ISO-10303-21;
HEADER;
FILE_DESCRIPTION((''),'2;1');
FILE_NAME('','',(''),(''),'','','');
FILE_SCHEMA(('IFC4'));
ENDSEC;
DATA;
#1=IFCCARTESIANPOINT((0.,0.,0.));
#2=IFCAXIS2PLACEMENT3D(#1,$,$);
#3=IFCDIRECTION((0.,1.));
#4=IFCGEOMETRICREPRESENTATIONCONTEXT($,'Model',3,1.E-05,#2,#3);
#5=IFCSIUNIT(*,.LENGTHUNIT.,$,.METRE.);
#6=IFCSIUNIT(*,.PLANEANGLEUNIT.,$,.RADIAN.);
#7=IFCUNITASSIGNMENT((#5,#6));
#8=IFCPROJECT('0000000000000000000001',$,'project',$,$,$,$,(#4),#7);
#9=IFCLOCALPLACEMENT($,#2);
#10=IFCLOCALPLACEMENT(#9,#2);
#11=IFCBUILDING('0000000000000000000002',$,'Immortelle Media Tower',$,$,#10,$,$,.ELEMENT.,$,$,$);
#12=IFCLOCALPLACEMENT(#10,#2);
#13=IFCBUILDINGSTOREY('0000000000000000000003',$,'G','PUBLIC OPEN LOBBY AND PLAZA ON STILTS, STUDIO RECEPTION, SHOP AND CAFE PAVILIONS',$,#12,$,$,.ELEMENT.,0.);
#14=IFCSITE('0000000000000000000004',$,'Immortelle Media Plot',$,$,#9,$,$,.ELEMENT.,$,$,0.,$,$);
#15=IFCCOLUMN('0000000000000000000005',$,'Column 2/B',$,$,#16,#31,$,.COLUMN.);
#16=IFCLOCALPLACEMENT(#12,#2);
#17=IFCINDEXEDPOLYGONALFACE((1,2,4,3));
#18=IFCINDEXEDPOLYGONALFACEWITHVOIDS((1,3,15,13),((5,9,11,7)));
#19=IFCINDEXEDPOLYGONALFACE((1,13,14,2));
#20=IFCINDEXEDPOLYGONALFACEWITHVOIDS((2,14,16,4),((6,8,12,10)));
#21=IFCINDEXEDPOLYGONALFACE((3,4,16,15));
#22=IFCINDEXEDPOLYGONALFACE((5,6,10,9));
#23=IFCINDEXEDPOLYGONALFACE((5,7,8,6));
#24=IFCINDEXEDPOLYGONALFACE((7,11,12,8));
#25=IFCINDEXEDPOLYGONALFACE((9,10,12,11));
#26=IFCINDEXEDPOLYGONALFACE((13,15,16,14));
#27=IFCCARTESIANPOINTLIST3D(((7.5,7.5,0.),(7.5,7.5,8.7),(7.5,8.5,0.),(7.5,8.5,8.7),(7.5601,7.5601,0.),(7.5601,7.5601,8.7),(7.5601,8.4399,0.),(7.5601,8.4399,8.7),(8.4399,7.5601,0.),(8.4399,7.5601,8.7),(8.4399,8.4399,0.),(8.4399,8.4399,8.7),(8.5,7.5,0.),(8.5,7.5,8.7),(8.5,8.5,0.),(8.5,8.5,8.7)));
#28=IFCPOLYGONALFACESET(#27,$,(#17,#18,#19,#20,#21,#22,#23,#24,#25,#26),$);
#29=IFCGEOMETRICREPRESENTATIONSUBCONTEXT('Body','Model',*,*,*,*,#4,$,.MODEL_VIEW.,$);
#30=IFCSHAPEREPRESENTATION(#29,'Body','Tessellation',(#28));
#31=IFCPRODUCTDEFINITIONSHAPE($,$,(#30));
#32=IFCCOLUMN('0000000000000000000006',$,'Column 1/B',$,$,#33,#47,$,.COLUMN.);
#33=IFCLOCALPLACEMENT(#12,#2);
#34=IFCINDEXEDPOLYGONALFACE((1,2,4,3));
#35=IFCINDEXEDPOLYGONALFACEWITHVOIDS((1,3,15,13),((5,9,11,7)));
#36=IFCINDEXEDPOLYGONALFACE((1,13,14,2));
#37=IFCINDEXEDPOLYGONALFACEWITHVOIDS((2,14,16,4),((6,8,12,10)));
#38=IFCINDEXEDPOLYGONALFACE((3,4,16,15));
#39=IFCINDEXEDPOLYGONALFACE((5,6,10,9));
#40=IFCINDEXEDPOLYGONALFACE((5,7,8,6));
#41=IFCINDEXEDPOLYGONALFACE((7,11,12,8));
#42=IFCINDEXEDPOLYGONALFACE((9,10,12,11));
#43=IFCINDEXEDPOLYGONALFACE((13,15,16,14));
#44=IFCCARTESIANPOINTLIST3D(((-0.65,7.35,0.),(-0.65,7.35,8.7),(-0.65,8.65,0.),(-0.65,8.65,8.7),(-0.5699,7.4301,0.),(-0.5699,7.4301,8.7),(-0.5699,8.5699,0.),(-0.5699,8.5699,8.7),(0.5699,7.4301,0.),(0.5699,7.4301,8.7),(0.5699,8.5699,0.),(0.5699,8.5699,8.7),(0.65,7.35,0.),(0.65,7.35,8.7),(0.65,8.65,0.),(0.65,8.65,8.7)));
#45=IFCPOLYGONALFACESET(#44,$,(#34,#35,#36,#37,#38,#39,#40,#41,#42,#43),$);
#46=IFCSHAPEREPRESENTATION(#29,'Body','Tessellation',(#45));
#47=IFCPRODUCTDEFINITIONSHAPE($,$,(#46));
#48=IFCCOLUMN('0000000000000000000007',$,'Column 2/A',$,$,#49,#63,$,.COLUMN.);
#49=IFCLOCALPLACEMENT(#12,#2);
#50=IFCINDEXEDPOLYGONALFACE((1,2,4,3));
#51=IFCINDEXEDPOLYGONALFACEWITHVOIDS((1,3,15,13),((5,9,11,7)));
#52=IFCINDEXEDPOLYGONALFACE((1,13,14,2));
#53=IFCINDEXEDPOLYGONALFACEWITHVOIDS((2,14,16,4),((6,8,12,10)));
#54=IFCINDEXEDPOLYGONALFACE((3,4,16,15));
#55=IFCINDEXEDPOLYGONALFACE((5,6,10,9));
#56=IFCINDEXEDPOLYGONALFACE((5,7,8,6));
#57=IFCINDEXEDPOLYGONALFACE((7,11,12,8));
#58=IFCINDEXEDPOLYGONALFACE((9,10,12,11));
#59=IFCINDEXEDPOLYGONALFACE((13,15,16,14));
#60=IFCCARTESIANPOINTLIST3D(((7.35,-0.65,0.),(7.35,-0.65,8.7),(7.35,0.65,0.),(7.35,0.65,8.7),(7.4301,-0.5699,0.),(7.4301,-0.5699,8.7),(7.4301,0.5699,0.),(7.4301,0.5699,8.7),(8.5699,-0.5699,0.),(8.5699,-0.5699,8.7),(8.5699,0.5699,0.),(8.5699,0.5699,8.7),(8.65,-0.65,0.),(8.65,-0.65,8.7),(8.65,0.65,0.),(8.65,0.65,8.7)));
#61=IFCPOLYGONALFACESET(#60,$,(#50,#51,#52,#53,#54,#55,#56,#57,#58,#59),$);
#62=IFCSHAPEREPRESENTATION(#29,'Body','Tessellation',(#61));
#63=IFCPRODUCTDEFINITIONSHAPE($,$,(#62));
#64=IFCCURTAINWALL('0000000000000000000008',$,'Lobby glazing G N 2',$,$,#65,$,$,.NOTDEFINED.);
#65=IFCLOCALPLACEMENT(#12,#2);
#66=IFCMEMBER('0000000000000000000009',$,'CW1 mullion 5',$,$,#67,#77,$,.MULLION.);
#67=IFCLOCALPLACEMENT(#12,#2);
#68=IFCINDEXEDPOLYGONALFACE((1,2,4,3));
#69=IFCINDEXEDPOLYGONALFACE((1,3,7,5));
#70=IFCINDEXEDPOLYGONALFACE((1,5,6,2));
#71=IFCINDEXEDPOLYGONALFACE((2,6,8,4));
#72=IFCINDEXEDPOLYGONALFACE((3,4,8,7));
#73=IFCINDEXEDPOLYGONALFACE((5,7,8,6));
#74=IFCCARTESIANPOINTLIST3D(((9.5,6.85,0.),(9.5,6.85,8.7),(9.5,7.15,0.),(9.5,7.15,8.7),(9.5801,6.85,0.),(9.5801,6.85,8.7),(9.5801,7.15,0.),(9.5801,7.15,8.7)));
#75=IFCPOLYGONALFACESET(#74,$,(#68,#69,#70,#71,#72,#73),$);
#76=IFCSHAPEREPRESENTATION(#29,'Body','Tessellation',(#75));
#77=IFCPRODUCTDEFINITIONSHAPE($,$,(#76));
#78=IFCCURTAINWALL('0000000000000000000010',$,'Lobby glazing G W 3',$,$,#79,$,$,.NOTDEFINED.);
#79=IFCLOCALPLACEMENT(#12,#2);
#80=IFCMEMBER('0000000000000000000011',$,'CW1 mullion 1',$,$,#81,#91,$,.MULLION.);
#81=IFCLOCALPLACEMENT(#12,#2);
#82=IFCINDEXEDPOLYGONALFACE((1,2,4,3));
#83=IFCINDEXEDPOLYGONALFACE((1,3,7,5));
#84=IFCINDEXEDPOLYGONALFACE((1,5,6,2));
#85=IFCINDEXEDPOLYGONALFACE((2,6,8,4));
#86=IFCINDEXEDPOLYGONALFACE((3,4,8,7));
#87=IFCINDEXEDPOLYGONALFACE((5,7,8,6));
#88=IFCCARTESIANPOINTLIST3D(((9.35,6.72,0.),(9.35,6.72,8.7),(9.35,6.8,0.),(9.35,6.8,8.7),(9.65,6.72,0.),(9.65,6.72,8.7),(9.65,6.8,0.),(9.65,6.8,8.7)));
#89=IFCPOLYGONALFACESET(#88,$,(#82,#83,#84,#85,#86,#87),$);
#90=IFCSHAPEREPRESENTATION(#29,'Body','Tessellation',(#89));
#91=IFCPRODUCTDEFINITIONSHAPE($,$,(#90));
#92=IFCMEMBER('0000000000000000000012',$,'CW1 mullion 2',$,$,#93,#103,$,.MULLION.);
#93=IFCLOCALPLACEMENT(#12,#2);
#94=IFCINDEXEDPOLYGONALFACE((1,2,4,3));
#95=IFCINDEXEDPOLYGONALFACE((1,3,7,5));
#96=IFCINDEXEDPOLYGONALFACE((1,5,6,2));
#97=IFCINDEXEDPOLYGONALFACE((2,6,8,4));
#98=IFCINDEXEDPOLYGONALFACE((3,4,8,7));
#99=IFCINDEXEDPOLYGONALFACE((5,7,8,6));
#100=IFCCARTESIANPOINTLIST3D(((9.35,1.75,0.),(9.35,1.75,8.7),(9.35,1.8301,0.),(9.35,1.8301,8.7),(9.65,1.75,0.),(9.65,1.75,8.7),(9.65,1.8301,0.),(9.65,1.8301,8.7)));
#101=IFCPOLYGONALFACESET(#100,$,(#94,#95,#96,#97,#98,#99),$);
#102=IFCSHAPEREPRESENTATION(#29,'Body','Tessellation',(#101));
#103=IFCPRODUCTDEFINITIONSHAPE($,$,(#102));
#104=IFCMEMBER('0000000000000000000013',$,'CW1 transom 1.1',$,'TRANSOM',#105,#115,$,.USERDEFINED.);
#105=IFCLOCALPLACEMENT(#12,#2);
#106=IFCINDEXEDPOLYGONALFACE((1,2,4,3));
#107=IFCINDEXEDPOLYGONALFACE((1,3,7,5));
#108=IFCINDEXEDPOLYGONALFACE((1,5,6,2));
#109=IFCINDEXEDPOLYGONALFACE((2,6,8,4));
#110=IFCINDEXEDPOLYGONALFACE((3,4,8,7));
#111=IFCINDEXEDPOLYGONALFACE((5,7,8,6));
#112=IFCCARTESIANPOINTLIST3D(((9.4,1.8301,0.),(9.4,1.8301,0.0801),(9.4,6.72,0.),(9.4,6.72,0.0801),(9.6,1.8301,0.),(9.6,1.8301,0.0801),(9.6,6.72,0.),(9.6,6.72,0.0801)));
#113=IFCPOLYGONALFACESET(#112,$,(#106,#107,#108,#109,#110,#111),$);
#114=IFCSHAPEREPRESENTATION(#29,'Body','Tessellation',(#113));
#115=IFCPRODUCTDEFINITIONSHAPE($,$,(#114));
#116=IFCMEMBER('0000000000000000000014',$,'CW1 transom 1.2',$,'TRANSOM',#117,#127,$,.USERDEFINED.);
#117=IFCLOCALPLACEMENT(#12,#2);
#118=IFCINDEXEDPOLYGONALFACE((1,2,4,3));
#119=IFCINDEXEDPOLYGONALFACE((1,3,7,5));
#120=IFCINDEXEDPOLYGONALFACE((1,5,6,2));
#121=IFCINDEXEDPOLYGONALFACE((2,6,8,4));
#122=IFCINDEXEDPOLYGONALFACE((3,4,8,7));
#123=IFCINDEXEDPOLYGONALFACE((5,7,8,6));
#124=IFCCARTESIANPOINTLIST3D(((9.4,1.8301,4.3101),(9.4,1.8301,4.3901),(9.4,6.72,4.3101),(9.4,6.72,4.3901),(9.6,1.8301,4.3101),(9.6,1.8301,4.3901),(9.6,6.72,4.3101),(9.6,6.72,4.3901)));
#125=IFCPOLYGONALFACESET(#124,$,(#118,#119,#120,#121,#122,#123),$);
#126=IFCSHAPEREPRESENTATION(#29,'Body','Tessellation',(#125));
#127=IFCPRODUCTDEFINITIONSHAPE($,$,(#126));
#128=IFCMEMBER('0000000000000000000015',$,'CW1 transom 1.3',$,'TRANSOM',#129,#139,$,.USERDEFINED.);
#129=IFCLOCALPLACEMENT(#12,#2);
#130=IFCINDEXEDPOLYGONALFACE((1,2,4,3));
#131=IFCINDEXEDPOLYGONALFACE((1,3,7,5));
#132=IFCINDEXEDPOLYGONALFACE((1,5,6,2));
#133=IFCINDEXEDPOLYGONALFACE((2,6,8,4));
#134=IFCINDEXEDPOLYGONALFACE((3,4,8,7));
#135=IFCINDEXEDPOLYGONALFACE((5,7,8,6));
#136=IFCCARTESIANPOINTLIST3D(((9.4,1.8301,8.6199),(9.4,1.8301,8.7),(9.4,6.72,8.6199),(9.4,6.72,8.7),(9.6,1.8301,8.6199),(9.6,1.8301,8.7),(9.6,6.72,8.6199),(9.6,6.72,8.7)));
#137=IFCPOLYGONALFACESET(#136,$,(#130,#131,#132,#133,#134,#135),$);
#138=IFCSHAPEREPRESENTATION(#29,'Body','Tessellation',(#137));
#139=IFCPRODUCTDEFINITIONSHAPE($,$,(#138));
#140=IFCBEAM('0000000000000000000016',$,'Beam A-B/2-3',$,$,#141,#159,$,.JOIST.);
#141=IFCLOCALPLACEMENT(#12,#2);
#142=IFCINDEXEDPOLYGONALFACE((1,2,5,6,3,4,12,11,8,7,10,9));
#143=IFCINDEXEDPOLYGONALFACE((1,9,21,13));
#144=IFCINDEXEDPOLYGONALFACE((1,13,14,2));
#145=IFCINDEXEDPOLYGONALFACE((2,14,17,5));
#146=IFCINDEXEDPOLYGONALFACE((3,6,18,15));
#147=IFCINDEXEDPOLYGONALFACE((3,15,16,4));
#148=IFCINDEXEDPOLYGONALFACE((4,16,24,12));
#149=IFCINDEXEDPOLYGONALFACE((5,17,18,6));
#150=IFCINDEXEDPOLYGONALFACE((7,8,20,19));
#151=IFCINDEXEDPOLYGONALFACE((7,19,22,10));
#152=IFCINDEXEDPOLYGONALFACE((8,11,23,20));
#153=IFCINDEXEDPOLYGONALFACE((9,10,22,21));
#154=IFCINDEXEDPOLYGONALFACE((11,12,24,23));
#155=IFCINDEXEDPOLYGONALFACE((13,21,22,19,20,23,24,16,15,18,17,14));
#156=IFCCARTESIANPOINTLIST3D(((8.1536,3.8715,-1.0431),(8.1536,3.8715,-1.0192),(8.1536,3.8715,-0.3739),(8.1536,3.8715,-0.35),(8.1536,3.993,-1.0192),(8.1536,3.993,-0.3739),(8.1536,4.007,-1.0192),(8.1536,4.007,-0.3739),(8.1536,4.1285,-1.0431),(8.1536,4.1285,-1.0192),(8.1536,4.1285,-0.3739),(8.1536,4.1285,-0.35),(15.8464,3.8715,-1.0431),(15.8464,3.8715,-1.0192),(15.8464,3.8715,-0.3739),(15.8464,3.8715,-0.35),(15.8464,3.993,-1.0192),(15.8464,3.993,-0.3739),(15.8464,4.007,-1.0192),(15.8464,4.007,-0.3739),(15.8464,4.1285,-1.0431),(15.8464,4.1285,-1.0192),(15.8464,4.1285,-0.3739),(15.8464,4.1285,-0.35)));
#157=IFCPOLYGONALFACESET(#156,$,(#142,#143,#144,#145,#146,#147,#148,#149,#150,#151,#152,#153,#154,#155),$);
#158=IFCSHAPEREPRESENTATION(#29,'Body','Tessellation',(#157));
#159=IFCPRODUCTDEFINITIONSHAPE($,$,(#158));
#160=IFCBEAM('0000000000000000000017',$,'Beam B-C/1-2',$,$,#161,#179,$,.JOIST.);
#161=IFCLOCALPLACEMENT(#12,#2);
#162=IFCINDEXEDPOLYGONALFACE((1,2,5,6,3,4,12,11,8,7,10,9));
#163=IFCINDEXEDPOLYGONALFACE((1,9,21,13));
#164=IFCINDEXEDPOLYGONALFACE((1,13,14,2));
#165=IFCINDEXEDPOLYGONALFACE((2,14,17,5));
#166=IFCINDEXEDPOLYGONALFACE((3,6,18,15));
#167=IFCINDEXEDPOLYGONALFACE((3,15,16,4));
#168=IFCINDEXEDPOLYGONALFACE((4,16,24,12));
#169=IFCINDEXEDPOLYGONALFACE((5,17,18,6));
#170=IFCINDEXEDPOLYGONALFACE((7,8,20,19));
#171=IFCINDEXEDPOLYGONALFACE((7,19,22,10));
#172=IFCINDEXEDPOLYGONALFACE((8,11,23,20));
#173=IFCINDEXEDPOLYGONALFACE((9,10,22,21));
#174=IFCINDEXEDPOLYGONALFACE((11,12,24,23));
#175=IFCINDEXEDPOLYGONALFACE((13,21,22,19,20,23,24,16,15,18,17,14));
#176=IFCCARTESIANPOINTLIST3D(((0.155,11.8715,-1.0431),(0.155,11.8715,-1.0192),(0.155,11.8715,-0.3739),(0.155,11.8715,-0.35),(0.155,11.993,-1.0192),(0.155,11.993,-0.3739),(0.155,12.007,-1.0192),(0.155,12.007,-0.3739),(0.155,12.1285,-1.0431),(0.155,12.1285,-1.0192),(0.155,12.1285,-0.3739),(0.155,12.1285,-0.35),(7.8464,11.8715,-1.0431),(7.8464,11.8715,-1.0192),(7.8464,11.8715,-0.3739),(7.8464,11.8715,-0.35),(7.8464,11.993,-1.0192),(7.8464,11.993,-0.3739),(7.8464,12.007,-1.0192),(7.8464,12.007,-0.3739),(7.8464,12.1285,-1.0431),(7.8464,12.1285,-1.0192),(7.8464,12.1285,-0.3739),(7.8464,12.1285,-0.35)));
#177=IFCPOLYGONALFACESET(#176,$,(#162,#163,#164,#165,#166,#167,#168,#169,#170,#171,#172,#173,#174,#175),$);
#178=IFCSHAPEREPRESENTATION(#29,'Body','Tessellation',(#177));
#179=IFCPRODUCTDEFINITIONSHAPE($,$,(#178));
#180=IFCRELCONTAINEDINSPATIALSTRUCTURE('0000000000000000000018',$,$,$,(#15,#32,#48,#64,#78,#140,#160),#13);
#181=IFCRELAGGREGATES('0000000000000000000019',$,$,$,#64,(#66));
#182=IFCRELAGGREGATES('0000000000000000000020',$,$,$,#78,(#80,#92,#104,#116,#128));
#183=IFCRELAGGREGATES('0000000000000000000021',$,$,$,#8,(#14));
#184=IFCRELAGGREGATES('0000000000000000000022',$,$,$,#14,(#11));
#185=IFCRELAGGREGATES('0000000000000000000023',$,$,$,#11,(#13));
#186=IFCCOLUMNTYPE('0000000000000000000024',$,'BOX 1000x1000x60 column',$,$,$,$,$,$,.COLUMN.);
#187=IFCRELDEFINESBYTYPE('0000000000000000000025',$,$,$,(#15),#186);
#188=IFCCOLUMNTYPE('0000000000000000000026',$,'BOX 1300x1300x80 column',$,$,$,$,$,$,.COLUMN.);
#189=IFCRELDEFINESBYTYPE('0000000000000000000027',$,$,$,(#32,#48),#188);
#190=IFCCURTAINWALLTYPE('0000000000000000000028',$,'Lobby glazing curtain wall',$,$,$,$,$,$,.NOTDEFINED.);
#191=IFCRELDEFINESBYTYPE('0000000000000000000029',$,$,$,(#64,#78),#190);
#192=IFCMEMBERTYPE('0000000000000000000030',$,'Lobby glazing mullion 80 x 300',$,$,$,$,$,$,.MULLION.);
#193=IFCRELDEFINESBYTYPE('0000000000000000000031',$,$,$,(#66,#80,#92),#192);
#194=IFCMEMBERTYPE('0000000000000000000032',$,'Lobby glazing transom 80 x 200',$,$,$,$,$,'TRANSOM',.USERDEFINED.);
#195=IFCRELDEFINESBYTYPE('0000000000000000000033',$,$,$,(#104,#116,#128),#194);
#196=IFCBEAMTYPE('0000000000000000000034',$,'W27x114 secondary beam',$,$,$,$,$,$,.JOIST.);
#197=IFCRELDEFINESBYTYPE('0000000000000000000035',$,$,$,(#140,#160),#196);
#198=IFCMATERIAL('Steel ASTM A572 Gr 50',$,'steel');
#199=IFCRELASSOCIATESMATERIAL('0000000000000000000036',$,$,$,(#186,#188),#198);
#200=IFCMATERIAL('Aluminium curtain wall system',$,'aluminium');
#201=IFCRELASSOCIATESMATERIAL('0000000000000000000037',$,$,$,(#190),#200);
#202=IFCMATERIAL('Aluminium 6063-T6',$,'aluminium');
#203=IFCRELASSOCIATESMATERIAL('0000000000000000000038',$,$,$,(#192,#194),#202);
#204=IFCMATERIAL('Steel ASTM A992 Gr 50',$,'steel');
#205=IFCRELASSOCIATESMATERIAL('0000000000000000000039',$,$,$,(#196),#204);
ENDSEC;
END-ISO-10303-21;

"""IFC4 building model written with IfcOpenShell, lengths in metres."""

from ifc_helpers import new_model, si_unit, direction, frame, origin, origin_2d, place, context, subcontext, project, spatial, rectangle, hollow_rectangle, i_section, extrude, material, material_profile, profile_set, type_object, element, aggregate, save


model = new_model("IFC4")

# Units and contexts
model_context = context("Model", 3, precision=1e-05, world=origin(), true_north=direction((0.0, 1.0)))
body_context = subcontext(model_context, "Body", "Model", "MODEL_VIEW")
ifc_project = project(units=[si_unit("LENGTHUNIT", "METRE"), si_unit("PLANEANGLEUNIT", "RADIAN")], contexts=[model_context])

# Site, building, storey
site_placement = place(None, origin())
site = spatial("IfcSite", under=ifc_project, at=site_placement, Name="Immortelle Media Plot", CompositionType="ELEMENT", RefElevation=0.0)
building_placement = place(site_placement, origin())
building = spatial("IfcBuilding", under=site, at=building_placement, Name="Immortelle Media Tower", CompositionType="ELEMENT")
storey_placement = place(building_placement, origin())
storey = spatial("IfcBuildingStorey", under=building, at=storey_placement, Name="G", Description="PUBLIC OPEN LOBBY AND PLAZA ON STILTS, STUDIO RECEPTION, SHOP AND CAFE PAVILIONS", CompositionType="ELEMENT", Elevation=0.0)

# Columns
ifc_material_1 = material(Name="Steel ASTM A572 Gr 50", Category="steel")
ifc_material_profile_1 = material_profile(ifc_material_1, hollow_rectangle(XDim=1.0, YDim=1.0, WallThickness=0.0601, at=origin_2d()), Name="BOX 1000x1000x60 column")
ifc_profile_set_1 = profile_set([ifc_material_profile_1], Name="Steel ASTM A572 Gr 50")
column_type_1 = type_object("IfcColumnType", Name="BOX 1000x1000x60 column", PredefinedType="COLUMN", material=ifc_profile_set_1)
column_placement = place(storey_placement, frame((8.0, 8.0, 0.0), z_axis=(0.0, 0.0, 1.0), x_axis=(1.0, 0.0, 0.0)))
element("IfcColumn", 1, at=column_placement, inside=storey, type_object=column_type_1, Name="Column 2/B", PredefinedType="COLUMN", context=body_context, shape_type="SweptSolid", body=[
    extrude(hollow_rectangle(XDim=1.0, YDim=1.0, WallThickness=0.0601, at=origin_2d()), origin(), (0.0, 0.0, 1.0), 8.7),
])
ifc_material_profile_2 = material_profile(ifc_material_1, hollow_rectangle(XDim=1.3, YDim=1.3, WallThickness=0.0801, at=origin_2d()), Name="BOX 1300x1300x80 column")
ifc_profile_set_2 = profile_set([ifc_material_profile_2], Name="Steel ASTM A572 Gr 50")
column_type_2 = type_object("IfcColumnType", Name="BOX 1300x1300x80 column", PredefinedType="COLUMN", material=ifc_profile_set_2)
for number, where, z_axis, x_axis, name in (
    (2, (0.0, 8.0, 0.0), (0.0, 0.0, 1.0), (1.0, 0.0, 0.0), "Column 1/B"),
    (3, (8.0, 0.0, 0.0), (0.0, 0.0, 1.0), (1.0, 0.0, 0.0), "Column 2/A"),
):
    element("IfcColumn", number, at=place(storey_placement, frame(where, z_axis=z_axis, x_axis=x_axis)), inside=storey, type_object=column_type_2, Name=name, PredefinedType="COLUMN", context=body_context, shape_type="SweptSolid", body=[
        extrude(hollow_rectangle(XDim=1.3, YDim=1.3, WallThickness=0.0801, at=origin_2d()), origin(), (0.0, 0.0, 1.0), 8.7),
    ])

# Curtain wall, member
ifc_material_2 = material(Name="Aluminium curtain wall system", Category="aluminium")
curtain_wall_type = type_object("IfcCurtainWallType", Name="Lobby glazing curtain wall", PredefinedType="NOTDEFINED", material=ifc_material_2)
curtain_wall_1_placement = place(storey_placement, origin())
curtain_wall_1 = element("IfcCurtainWall", 4, at=curtain_wall_1_placement, inside=storey, type_object=curtain_wall_type, Name="Lobby glazing G N 2", PredefinedType="NOTDEFINED")
ifc_material_3 = material(Name="Aluminium 6063-T6", Category="aluminium")
ifc_material_profile_3 = material_profile(ifc_material_3, rectangle(XDim=0.3, YDim=0.0801, at=origin_2d()), Name="AL 80x300")
ifc_profile_set_3 = profile_set([ifc_material_profile_3], Name="Aluminium 6063-T6")
member_type_1 = type_object("IfcMemberType", Name="Lobby glazing mullion 80 x 300", PredefinedType="MULLION", material=ifc_profile_set_3)
member_1_placement = place(storey_placement, frame((9.54, 7.0, 0.0), z_axis=(0.0, 0.0, 1.0), x_axis=(0.0, -1.0, 0.0)))
member_1 = element("IfcMember", 5, at=member_1_placement, type_object=member_type_1, Name="CW1 mullion 5", PredefinedType="MULLION", context=body_context, shape_type="SweptSolid", body=[
    extrude(rectangle(XDim=0.3, YDim=0.0801, at=origin_2d()), origin(), (0.0, 0.0, 1.0), 8.7),
])
aggregate(curtain_wall_1, [member_1])

# Curtain wall, members
curtain_wall_2_placement = place(storey_placement, origin())
curtain_wall_2 = element("IfcCurtainWall", 6, at=curtain_wall_2_placement, inside=storey, type_object=curtain_wall_type, Name="Lobby glazing G W 3", PredefinedType="NOTDEFINED")
member_2_placement = place(storey_placement, frame((9.5, 6.76, 0.0), z_axis=(0.0, 0.0, 1.0), x_axis=(1.0, 0.0, 0.0)))
member_2 = element("IfcMember", 7, at=member_2_placement, type_object=member_type_1, Name="CW1 mullion 1", PredefinedType="MULLION", context=body_context, shape_type="SweptSolid", body=[
    extrude(rectangle(XDim=0.3, YDim=0.0801, at=origin_2d()), origin(), (0.0, 0.0, 1.0), 8.7),
])
member_3_placement = place(storey_placement, frame((9.5, 1.79, 0.0), z_axis=(0.0, 0.0, 1.0), x_axis=(1.0, 0.0, 0.0)))
member_3 = element("IfcMember", 8, at=member_3_placement, type_object=member_type_1, Name="CW1 mullion 2", PredefinedType="MULLION", context=body_context, shape_type="SweptSolid", body=[
    extrude(rectangle(XDim=0.3, YDim=0.0801, at=origin_2d()), origin(), (0.0, 0.0, 1.0), 8.7),
])
ifc_material_profile_4 = material_profile(ifc_material_3, rectangle(XDim=0.2, YDim=0.0801, at=origin_2d()), Name="AL 80x200")
ifc_profile_set_4 = profile_set([ifc_material_profile_4], Name="Aluminium 6063-T6")
member_type_2 = type_object("IfcMemberType", Name="Lobby glazing transom 80 x 200", ElementType="TRANSOM", PredefinedType="USERDEFINED", material=ifc_profile_set_4)
member_4_placement = place(storey_placement, frame((9.5, 6.72, 0.04), z_axis=(0.0, -1.0, 0.0), x_axis=(1.0, 0.0, 0.0)))
member_4 = element("IfcMember", 9, at=member_4_placement, type_object=member_type_2, Name="CW1 transom 1.1", ObjectType="TRANSOM", PredefinedType="USERDEFINED", context=body_context, shape_type="SweptSolid", body=[
    extrude(rectangle(XDim=0.2, YDim=0.0801, at=origin_2d()), origin(), (0.0, 0.0, 1.0), 4.8899),
])
member_5_placement = place(storey_placement, frame((9.5, 6.72, 4.3501), z_axis=(0.0, -1.0, 0.0), x_axis=(1.0, 0.0, 0.0)))
member_5 = element("IfcMember", 10, at=member_5_placement, type_object=member_type_2, Name="CW1 transom 1.2", ObjectType="TRANSOM", PredefinedType="USERDEFINED", context=body_context, shape_type="SweptSolid", body=[
    extrude(rectangle(XDim=0.2, YDim=0.0801, at=origin_2d()), origin(), (0.0, 0.0, 1.0), 4.8899),
])
member_6_placement = place(storey_placement, frame((9.5, 6.72, 8.6599), z_axis=(0.0, -1.0, 0.0), x_axis=(1.0, 0.0, 0.0)))
member_6 = element("IfcMember", 11, at=member_6_placement, type_object=member_type_2, Name="CW1 transom 1.3", ObjectType="TRANSOM", PredefinedType="USERDEFINED", context=body_context, shape_type="SweptSolid", body=[
    extrude(rectangle(XDim=0.2, YDim=0.0801, at=origin_2d()), origin(), (0.0, 0.0, 1.0), 4.8899),
])

# Beams
ifc_material_4 = material(Name="Steel ASTM A992 Gr 50", Category="steel")
ifc_material_profile_5 = material_profile(ifc_material_4, i_section(OverallWidth=0.2571, OverallDepth=0.6931, WebThickness=0.0139, FlangeThickness=0.0239, at=origin_2d()), Name="W27x114")
ifc_profile_set_5 = profile_set([ifc_material_profile_5], Name="Steel ASTM A992 Gr 50")
beam_type_1 = type_object("IfcBeamType", Name="W27x114 secondary beam", PredefinedType="JOIST", material=ifc_profile_set_5)
beam_1_placement = place(storey_placement, frame((8.1536, 4.0, -0.6965), z_axis=(1.0, 0.0, 0.0), x_axis=(0.0, 1.0, 0.0)))
element("IfcBeam", 12, at=beam_1_placement, inside=storey, type_object=beam_type_1, Name="Beam A-B/2-3", PredefinedType="JOIST", context=body_context, shape_type="SweptSolid", body=[
    extrude(i_section(OverallWidth=0.2571, OverallDepth=0.6931, WebThickness=0.0139, FlangeThickness=0.0239, at=origin_2d()), origin(), (0.0, 0.0, 1.0), 7.6929),
])
beam_2_placement = place(storey_placement, frame((0.155, 12.0, -0.6965), z_axis=(1.0, 0.0, 0.0), x_axis=(0.0, 1.0, 0.0)))
element("IfcBeam", 13, at=beam_2_placement, inside=storey, type_object=beam_type_1, Name="Beam B-C/1-2", PredefinedType="JOIST", context=body_context, shape_type="SweptSolid", body=[
    extrude(i_section(OverallWidth=0.2571, OverallDepth=0.6931, WebThickness=0.0139, FlangeThickness=0.0239, at=origin_2d()), origin(), (0.0, 0.0, 1.0), 7.6914),
])

aggregate(curtain_wall_2, [member_2, member_3, member_4, member_5, member_6])

save(model, "model.ifc")
